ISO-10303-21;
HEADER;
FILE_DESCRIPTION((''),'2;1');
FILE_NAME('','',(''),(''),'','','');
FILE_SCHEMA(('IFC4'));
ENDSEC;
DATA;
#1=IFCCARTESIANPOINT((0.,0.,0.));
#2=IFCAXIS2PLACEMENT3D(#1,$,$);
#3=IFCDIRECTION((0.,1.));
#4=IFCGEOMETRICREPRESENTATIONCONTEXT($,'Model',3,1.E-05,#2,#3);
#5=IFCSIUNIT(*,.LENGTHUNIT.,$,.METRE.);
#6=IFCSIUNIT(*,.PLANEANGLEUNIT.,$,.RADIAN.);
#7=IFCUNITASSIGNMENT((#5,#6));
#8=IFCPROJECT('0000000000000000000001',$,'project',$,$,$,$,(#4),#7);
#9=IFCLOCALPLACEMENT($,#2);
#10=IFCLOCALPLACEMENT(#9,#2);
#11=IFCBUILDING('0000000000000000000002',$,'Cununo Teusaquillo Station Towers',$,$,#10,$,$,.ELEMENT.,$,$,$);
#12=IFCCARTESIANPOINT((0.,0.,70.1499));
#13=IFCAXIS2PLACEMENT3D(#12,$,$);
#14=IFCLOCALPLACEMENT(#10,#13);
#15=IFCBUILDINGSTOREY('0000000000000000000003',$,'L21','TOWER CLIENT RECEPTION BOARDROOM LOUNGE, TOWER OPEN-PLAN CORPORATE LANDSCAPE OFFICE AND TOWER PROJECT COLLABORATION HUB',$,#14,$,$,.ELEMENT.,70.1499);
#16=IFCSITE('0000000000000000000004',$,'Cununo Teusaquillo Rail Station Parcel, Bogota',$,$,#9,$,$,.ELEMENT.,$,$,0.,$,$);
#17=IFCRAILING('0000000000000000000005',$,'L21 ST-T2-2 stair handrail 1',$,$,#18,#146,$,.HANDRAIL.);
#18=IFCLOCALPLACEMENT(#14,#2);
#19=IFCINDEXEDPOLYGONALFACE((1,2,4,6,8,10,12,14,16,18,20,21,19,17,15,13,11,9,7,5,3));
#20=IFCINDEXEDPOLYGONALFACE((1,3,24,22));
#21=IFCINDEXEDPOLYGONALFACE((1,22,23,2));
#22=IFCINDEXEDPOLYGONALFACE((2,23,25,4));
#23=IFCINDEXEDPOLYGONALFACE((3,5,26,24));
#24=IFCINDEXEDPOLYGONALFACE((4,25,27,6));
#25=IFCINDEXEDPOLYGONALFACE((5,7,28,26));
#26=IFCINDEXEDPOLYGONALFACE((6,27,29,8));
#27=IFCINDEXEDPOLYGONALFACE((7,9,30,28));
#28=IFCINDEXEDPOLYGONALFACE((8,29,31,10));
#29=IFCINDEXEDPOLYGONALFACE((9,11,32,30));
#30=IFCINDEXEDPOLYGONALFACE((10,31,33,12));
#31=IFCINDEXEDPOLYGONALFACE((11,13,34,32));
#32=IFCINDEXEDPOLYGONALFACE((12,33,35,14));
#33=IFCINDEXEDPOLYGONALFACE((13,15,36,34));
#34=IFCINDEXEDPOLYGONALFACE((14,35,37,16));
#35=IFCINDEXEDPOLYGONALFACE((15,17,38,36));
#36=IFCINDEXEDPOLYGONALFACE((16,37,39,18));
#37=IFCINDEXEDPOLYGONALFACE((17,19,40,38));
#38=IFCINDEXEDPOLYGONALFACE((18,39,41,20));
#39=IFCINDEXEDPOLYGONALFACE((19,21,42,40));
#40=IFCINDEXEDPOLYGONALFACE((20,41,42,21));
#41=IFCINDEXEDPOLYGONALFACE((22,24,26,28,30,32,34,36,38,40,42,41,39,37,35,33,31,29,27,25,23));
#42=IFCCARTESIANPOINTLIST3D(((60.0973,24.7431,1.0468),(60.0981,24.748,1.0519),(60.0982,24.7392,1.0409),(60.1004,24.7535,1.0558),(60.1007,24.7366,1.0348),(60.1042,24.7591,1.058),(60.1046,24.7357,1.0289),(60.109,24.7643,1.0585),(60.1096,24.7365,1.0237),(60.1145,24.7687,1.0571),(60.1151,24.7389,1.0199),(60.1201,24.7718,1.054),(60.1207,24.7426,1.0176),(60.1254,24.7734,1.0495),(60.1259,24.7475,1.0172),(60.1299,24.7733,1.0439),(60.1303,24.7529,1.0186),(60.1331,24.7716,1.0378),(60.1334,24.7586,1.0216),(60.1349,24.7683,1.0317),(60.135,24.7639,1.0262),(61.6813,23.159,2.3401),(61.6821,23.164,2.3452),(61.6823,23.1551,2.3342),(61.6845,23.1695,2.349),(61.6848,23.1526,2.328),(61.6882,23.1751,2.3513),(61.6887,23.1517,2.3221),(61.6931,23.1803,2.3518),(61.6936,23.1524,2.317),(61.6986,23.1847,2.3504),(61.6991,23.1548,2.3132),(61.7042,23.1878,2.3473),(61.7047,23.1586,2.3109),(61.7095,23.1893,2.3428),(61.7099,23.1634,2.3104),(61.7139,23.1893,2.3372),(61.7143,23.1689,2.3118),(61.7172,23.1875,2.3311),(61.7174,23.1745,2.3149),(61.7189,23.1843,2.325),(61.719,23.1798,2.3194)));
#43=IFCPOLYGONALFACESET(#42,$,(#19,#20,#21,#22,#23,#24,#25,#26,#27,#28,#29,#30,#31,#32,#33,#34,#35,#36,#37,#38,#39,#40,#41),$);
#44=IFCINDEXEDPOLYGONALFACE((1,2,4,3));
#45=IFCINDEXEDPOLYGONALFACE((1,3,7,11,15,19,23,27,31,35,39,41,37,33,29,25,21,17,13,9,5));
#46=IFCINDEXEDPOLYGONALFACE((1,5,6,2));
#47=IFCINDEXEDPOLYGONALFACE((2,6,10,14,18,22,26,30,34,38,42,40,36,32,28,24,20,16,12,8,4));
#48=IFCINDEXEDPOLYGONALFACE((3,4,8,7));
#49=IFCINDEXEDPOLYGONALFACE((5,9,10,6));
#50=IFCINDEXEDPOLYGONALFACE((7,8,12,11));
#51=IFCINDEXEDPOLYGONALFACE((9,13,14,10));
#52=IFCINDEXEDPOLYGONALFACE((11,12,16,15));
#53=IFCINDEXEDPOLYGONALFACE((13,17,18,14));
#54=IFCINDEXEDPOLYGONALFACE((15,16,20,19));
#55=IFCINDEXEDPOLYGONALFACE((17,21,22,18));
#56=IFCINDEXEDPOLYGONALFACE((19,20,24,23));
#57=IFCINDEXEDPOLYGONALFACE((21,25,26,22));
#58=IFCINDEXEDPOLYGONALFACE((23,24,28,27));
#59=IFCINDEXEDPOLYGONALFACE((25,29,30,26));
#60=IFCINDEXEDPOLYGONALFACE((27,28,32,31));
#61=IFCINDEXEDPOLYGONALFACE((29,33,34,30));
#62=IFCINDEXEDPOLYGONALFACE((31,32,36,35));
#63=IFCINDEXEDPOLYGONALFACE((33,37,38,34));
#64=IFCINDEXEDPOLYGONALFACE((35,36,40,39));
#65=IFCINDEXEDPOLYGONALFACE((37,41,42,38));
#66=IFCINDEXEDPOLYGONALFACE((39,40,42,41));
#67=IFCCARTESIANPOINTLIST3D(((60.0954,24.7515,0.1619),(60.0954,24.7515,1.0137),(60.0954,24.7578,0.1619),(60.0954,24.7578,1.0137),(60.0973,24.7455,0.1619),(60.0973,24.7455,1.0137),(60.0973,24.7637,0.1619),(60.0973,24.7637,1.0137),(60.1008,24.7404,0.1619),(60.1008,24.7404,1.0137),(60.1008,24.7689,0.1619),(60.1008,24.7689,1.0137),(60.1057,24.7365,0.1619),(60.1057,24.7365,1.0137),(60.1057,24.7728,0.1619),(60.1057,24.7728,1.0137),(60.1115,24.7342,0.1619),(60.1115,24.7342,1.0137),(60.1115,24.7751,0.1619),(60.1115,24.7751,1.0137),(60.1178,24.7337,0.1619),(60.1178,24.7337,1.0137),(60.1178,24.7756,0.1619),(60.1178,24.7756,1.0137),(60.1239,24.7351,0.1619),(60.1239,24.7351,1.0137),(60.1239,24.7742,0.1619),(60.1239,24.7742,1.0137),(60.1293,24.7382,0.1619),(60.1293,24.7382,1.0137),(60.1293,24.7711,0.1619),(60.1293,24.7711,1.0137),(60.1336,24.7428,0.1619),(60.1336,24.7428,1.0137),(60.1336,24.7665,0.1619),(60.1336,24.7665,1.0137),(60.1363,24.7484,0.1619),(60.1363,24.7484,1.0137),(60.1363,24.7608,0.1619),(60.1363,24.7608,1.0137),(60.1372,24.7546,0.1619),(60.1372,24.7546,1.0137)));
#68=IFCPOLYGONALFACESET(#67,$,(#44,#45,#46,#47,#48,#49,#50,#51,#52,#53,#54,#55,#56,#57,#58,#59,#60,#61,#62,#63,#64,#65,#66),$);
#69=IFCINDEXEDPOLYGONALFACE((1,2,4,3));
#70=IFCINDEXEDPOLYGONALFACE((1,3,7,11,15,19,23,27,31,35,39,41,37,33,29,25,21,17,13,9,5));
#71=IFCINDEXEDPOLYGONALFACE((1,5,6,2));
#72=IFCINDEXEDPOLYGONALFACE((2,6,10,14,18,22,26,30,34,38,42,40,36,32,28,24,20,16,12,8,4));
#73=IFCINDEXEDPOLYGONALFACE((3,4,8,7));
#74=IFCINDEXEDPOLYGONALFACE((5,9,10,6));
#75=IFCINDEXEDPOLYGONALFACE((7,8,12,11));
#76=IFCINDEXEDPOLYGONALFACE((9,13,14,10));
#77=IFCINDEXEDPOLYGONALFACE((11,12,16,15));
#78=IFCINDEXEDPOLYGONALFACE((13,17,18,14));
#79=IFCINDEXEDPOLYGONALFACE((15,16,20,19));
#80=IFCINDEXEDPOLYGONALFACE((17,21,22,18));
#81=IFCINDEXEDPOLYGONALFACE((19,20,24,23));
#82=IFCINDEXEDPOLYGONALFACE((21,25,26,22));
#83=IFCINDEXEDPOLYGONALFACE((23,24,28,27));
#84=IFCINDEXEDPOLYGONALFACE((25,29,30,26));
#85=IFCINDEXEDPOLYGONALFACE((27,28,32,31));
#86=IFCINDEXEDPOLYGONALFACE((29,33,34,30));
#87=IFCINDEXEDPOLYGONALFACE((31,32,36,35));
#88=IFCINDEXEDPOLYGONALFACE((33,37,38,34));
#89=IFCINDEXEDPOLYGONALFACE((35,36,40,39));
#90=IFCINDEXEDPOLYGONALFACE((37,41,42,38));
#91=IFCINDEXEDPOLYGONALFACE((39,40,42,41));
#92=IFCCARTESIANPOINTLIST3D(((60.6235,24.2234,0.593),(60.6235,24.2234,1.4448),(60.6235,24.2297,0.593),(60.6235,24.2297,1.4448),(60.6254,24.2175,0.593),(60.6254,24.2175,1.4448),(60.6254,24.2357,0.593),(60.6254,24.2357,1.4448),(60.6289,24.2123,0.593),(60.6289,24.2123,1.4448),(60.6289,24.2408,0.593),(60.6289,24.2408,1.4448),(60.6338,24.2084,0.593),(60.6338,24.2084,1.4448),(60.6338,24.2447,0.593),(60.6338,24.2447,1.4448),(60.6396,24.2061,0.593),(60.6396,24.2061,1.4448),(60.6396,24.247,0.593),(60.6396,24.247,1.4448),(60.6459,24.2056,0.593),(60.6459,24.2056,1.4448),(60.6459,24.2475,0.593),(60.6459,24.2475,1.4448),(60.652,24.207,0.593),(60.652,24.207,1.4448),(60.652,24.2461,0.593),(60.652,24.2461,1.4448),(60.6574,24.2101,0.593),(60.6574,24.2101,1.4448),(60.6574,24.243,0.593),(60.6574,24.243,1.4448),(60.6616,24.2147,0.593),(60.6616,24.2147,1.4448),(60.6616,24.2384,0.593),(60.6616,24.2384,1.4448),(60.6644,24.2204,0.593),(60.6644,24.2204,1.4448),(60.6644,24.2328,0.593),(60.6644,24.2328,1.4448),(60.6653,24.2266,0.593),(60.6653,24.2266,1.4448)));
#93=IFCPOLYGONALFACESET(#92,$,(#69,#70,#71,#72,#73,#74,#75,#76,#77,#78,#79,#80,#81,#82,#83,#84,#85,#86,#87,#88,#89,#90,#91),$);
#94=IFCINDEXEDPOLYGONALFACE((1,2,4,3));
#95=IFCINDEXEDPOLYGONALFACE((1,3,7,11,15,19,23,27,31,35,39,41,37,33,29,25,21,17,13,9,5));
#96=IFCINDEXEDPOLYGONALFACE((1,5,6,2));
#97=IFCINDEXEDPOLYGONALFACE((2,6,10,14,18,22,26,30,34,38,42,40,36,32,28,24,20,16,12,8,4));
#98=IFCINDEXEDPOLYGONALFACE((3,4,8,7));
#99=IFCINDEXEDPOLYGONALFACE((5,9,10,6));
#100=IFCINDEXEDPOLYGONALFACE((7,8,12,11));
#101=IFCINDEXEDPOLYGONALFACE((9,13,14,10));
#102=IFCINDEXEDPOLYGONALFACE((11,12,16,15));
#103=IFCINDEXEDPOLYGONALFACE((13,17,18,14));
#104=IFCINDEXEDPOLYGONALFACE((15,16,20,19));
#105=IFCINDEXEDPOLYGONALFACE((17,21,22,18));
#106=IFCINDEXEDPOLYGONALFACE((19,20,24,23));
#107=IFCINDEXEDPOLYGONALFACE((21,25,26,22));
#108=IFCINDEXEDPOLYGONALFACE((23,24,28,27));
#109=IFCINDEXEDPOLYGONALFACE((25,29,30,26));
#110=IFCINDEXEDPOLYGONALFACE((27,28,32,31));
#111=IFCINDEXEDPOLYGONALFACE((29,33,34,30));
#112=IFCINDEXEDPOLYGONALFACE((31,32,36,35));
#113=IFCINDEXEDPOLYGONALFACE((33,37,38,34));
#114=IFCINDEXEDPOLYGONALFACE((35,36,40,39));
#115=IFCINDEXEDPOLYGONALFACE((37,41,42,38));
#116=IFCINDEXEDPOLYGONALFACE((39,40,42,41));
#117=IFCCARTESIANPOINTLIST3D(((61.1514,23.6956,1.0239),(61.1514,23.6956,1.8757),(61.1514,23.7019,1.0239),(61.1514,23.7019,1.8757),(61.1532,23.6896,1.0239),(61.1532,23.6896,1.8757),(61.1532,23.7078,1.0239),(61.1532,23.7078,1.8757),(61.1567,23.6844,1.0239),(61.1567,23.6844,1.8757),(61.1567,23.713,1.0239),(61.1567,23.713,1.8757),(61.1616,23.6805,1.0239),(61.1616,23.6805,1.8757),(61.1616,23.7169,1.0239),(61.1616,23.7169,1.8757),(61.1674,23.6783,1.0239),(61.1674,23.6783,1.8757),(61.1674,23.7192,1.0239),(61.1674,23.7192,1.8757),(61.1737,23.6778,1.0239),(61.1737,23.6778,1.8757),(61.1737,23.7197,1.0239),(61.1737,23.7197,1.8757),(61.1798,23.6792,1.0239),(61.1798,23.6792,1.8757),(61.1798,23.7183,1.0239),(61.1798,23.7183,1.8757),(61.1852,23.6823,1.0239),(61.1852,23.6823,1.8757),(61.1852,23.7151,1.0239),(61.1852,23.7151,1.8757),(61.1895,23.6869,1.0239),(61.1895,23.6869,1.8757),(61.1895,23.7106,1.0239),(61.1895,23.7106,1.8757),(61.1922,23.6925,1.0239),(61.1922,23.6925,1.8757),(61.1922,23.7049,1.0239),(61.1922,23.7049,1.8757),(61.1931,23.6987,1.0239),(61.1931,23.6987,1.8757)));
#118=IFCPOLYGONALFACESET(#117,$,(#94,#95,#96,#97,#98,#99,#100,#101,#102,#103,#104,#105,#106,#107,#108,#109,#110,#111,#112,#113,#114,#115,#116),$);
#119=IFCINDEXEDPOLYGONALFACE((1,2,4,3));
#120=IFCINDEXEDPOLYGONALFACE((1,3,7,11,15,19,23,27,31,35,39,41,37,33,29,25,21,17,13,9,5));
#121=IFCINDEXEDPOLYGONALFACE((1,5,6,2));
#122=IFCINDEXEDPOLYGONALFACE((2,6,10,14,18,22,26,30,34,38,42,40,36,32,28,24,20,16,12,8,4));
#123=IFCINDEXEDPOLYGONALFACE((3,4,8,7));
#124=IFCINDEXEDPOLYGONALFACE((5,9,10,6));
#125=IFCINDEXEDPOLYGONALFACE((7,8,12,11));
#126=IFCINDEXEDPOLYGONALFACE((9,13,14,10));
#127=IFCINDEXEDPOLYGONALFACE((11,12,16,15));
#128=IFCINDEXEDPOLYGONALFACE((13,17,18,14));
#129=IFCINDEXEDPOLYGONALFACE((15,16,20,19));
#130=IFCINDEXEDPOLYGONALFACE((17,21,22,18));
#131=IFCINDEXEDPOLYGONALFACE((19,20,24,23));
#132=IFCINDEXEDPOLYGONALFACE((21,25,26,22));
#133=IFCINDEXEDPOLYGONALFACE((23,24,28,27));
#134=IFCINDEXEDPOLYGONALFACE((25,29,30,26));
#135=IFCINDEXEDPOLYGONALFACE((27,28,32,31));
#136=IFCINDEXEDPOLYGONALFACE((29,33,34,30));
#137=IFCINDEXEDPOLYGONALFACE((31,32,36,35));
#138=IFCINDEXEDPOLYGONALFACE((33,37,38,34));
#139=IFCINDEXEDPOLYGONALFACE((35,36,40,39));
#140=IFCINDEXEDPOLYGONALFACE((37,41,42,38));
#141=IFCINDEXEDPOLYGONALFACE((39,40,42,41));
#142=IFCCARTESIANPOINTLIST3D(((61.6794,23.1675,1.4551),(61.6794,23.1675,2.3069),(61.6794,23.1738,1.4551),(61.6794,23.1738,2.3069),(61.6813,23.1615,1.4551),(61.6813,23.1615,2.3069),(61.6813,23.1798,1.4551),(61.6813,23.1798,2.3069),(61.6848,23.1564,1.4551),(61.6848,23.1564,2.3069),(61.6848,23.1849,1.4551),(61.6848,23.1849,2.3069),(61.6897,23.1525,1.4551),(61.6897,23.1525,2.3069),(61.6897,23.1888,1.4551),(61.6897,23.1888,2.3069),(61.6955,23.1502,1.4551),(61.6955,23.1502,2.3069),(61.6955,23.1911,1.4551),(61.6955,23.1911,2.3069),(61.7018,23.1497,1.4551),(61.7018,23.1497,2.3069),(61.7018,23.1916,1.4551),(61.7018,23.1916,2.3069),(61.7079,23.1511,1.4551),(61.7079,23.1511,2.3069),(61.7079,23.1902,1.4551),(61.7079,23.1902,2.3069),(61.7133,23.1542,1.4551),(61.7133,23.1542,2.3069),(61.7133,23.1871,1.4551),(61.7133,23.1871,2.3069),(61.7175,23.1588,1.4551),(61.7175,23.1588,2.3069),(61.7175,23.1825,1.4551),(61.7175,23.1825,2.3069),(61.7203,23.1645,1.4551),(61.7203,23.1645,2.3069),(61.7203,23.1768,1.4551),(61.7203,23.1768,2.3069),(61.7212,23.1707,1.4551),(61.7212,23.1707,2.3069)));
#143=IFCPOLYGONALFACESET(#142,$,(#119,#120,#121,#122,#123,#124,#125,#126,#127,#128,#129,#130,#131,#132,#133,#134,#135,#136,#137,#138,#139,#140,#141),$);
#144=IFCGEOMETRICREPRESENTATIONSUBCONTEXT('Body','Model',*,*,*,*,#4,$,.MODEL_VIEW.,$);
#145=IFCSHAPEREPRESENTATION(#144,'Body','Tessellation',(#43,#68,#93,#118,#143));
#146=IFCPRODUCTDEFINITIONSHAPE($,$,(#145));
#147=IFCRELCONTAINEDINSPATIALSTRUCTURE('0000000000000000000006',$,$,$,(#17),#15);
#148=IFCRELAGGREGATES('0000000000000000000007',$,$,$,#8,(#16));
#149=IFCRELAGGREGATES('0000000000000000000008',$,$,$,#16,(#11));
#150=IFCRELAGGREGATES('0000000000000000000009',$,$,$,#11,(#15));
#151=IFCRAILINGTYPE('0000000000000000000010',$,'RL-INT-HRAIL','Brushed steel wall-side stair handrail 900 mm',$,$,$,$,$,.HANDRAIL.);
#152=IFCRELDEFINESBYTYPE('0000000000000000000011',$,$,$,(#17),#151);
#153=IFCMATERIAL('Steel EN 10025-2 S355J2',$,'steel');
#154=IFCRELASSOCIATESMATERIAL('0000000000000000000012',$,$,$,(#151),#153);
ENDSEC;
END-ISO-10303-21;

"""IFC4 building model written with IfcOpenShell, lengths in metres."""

from ifc_helpers import new_model, si_unit, direction, frame, origin, origin_2d, place, context, subcontext, project, spatial, circle, extrude, material, type_object, element, save


model = new_model("IFC4")

# Units and contexts
model_context = context("Model", 3, precision=1e-05, world=origin(), true_north=direction((0.0, 1.0)))
body_context = subcontext(model_context, "Body", "Model", "MODEL_VIEW")
ifc_project = project(units=[si_unit("LENGTHUNIT", "METRE"), si_unit("PLANEANGLEUNIT", "RADIAN")], contexts=[model_context])

# Site, building, storey
site_placement = place(None, origin())
site = spatial("IfcSite", under=ifc_project, at=site_placement, Name="Cununo Teusaquillo Rail Station Parcel, Bogota", CompositionType="ELEMENT", RefElevation=0.0)
building_placement = place(site_placement, origin())
building = spatial("IfcBuilding", under=site, at=building_placement, Name="Cununo Teusaquillo Station Towers", CompositionType="ELEMENT")
storey_placement = place(building_placement, frame((0.0, 0.0, 70.1499)))
storey = spatial("IfcBuildingStorey", under=building, at=storey_placement, Name="L21", Description="TOWER CLIENT RECEPTION BOARDROOM LOUNGE, TOWER OPEN-PLAN CORPORATE LANDSCAPE OFFICE AND TOWER PROJECT COLLABORATION HUB", CompositionType="ELEMENT", Elevation=70.1499)

# Railing
ifc_material_1 = material(Name="Steel EN 10025-2 S355J2", Category="steel")
railing_type_1 = type_object("IfcRailingType", Name="RL-INT-HRAIL", Description="Brushed steel wall-side stair handrail 900 mm", PredefinedType="HANDRAIL", material=ifc_material_1)
railing_1_placement = place(storey_placement, frame((60.1162, 24.7546, 0.1619)))
element("IfcRailing", 1, at=railing_1_placement, inside=storey, type_object=railing_type_1, Name="L21 ST-T2-2 stair handrail 1", PredefinedType="HANDRAIL", context=body_context, shape_type="SweptSolid", body=[
    extrude(circle(Radius=0.0239, at=origin_2d()), frame((0.0, 0.0, 0.876), z_axis=(0.612385, -0.612385, 0.49997), x_axis=(0.707107, 0.707107, 0.0)), (0.0, 0.0, 1.0), 2.5867),
    extrude(circle(Radius=0.021, at=origin_2d()), origin(), (0.0, 0.0, 1.0), 0.8518),
    extrude(circle(Radius=0.021, at=origin_2d()), frame((0.5281, -0.5281, 0.4312)), (0.0, 0.0, 1.0), 0.8518),
    extrude(circle(Radius=0.021, at=origin_2d()), frame((1.0559, -1.0559, 0.8621)), (0.0, 0.0, 1.0), 0.8518),
    extrude(circle(Radius=0.021, at=origin_2d()), frame((1.584, -1.584, 1.2932)), (0.0, 0.0, 1.0), 0.8518),
])

save(model, "model.ifc")
